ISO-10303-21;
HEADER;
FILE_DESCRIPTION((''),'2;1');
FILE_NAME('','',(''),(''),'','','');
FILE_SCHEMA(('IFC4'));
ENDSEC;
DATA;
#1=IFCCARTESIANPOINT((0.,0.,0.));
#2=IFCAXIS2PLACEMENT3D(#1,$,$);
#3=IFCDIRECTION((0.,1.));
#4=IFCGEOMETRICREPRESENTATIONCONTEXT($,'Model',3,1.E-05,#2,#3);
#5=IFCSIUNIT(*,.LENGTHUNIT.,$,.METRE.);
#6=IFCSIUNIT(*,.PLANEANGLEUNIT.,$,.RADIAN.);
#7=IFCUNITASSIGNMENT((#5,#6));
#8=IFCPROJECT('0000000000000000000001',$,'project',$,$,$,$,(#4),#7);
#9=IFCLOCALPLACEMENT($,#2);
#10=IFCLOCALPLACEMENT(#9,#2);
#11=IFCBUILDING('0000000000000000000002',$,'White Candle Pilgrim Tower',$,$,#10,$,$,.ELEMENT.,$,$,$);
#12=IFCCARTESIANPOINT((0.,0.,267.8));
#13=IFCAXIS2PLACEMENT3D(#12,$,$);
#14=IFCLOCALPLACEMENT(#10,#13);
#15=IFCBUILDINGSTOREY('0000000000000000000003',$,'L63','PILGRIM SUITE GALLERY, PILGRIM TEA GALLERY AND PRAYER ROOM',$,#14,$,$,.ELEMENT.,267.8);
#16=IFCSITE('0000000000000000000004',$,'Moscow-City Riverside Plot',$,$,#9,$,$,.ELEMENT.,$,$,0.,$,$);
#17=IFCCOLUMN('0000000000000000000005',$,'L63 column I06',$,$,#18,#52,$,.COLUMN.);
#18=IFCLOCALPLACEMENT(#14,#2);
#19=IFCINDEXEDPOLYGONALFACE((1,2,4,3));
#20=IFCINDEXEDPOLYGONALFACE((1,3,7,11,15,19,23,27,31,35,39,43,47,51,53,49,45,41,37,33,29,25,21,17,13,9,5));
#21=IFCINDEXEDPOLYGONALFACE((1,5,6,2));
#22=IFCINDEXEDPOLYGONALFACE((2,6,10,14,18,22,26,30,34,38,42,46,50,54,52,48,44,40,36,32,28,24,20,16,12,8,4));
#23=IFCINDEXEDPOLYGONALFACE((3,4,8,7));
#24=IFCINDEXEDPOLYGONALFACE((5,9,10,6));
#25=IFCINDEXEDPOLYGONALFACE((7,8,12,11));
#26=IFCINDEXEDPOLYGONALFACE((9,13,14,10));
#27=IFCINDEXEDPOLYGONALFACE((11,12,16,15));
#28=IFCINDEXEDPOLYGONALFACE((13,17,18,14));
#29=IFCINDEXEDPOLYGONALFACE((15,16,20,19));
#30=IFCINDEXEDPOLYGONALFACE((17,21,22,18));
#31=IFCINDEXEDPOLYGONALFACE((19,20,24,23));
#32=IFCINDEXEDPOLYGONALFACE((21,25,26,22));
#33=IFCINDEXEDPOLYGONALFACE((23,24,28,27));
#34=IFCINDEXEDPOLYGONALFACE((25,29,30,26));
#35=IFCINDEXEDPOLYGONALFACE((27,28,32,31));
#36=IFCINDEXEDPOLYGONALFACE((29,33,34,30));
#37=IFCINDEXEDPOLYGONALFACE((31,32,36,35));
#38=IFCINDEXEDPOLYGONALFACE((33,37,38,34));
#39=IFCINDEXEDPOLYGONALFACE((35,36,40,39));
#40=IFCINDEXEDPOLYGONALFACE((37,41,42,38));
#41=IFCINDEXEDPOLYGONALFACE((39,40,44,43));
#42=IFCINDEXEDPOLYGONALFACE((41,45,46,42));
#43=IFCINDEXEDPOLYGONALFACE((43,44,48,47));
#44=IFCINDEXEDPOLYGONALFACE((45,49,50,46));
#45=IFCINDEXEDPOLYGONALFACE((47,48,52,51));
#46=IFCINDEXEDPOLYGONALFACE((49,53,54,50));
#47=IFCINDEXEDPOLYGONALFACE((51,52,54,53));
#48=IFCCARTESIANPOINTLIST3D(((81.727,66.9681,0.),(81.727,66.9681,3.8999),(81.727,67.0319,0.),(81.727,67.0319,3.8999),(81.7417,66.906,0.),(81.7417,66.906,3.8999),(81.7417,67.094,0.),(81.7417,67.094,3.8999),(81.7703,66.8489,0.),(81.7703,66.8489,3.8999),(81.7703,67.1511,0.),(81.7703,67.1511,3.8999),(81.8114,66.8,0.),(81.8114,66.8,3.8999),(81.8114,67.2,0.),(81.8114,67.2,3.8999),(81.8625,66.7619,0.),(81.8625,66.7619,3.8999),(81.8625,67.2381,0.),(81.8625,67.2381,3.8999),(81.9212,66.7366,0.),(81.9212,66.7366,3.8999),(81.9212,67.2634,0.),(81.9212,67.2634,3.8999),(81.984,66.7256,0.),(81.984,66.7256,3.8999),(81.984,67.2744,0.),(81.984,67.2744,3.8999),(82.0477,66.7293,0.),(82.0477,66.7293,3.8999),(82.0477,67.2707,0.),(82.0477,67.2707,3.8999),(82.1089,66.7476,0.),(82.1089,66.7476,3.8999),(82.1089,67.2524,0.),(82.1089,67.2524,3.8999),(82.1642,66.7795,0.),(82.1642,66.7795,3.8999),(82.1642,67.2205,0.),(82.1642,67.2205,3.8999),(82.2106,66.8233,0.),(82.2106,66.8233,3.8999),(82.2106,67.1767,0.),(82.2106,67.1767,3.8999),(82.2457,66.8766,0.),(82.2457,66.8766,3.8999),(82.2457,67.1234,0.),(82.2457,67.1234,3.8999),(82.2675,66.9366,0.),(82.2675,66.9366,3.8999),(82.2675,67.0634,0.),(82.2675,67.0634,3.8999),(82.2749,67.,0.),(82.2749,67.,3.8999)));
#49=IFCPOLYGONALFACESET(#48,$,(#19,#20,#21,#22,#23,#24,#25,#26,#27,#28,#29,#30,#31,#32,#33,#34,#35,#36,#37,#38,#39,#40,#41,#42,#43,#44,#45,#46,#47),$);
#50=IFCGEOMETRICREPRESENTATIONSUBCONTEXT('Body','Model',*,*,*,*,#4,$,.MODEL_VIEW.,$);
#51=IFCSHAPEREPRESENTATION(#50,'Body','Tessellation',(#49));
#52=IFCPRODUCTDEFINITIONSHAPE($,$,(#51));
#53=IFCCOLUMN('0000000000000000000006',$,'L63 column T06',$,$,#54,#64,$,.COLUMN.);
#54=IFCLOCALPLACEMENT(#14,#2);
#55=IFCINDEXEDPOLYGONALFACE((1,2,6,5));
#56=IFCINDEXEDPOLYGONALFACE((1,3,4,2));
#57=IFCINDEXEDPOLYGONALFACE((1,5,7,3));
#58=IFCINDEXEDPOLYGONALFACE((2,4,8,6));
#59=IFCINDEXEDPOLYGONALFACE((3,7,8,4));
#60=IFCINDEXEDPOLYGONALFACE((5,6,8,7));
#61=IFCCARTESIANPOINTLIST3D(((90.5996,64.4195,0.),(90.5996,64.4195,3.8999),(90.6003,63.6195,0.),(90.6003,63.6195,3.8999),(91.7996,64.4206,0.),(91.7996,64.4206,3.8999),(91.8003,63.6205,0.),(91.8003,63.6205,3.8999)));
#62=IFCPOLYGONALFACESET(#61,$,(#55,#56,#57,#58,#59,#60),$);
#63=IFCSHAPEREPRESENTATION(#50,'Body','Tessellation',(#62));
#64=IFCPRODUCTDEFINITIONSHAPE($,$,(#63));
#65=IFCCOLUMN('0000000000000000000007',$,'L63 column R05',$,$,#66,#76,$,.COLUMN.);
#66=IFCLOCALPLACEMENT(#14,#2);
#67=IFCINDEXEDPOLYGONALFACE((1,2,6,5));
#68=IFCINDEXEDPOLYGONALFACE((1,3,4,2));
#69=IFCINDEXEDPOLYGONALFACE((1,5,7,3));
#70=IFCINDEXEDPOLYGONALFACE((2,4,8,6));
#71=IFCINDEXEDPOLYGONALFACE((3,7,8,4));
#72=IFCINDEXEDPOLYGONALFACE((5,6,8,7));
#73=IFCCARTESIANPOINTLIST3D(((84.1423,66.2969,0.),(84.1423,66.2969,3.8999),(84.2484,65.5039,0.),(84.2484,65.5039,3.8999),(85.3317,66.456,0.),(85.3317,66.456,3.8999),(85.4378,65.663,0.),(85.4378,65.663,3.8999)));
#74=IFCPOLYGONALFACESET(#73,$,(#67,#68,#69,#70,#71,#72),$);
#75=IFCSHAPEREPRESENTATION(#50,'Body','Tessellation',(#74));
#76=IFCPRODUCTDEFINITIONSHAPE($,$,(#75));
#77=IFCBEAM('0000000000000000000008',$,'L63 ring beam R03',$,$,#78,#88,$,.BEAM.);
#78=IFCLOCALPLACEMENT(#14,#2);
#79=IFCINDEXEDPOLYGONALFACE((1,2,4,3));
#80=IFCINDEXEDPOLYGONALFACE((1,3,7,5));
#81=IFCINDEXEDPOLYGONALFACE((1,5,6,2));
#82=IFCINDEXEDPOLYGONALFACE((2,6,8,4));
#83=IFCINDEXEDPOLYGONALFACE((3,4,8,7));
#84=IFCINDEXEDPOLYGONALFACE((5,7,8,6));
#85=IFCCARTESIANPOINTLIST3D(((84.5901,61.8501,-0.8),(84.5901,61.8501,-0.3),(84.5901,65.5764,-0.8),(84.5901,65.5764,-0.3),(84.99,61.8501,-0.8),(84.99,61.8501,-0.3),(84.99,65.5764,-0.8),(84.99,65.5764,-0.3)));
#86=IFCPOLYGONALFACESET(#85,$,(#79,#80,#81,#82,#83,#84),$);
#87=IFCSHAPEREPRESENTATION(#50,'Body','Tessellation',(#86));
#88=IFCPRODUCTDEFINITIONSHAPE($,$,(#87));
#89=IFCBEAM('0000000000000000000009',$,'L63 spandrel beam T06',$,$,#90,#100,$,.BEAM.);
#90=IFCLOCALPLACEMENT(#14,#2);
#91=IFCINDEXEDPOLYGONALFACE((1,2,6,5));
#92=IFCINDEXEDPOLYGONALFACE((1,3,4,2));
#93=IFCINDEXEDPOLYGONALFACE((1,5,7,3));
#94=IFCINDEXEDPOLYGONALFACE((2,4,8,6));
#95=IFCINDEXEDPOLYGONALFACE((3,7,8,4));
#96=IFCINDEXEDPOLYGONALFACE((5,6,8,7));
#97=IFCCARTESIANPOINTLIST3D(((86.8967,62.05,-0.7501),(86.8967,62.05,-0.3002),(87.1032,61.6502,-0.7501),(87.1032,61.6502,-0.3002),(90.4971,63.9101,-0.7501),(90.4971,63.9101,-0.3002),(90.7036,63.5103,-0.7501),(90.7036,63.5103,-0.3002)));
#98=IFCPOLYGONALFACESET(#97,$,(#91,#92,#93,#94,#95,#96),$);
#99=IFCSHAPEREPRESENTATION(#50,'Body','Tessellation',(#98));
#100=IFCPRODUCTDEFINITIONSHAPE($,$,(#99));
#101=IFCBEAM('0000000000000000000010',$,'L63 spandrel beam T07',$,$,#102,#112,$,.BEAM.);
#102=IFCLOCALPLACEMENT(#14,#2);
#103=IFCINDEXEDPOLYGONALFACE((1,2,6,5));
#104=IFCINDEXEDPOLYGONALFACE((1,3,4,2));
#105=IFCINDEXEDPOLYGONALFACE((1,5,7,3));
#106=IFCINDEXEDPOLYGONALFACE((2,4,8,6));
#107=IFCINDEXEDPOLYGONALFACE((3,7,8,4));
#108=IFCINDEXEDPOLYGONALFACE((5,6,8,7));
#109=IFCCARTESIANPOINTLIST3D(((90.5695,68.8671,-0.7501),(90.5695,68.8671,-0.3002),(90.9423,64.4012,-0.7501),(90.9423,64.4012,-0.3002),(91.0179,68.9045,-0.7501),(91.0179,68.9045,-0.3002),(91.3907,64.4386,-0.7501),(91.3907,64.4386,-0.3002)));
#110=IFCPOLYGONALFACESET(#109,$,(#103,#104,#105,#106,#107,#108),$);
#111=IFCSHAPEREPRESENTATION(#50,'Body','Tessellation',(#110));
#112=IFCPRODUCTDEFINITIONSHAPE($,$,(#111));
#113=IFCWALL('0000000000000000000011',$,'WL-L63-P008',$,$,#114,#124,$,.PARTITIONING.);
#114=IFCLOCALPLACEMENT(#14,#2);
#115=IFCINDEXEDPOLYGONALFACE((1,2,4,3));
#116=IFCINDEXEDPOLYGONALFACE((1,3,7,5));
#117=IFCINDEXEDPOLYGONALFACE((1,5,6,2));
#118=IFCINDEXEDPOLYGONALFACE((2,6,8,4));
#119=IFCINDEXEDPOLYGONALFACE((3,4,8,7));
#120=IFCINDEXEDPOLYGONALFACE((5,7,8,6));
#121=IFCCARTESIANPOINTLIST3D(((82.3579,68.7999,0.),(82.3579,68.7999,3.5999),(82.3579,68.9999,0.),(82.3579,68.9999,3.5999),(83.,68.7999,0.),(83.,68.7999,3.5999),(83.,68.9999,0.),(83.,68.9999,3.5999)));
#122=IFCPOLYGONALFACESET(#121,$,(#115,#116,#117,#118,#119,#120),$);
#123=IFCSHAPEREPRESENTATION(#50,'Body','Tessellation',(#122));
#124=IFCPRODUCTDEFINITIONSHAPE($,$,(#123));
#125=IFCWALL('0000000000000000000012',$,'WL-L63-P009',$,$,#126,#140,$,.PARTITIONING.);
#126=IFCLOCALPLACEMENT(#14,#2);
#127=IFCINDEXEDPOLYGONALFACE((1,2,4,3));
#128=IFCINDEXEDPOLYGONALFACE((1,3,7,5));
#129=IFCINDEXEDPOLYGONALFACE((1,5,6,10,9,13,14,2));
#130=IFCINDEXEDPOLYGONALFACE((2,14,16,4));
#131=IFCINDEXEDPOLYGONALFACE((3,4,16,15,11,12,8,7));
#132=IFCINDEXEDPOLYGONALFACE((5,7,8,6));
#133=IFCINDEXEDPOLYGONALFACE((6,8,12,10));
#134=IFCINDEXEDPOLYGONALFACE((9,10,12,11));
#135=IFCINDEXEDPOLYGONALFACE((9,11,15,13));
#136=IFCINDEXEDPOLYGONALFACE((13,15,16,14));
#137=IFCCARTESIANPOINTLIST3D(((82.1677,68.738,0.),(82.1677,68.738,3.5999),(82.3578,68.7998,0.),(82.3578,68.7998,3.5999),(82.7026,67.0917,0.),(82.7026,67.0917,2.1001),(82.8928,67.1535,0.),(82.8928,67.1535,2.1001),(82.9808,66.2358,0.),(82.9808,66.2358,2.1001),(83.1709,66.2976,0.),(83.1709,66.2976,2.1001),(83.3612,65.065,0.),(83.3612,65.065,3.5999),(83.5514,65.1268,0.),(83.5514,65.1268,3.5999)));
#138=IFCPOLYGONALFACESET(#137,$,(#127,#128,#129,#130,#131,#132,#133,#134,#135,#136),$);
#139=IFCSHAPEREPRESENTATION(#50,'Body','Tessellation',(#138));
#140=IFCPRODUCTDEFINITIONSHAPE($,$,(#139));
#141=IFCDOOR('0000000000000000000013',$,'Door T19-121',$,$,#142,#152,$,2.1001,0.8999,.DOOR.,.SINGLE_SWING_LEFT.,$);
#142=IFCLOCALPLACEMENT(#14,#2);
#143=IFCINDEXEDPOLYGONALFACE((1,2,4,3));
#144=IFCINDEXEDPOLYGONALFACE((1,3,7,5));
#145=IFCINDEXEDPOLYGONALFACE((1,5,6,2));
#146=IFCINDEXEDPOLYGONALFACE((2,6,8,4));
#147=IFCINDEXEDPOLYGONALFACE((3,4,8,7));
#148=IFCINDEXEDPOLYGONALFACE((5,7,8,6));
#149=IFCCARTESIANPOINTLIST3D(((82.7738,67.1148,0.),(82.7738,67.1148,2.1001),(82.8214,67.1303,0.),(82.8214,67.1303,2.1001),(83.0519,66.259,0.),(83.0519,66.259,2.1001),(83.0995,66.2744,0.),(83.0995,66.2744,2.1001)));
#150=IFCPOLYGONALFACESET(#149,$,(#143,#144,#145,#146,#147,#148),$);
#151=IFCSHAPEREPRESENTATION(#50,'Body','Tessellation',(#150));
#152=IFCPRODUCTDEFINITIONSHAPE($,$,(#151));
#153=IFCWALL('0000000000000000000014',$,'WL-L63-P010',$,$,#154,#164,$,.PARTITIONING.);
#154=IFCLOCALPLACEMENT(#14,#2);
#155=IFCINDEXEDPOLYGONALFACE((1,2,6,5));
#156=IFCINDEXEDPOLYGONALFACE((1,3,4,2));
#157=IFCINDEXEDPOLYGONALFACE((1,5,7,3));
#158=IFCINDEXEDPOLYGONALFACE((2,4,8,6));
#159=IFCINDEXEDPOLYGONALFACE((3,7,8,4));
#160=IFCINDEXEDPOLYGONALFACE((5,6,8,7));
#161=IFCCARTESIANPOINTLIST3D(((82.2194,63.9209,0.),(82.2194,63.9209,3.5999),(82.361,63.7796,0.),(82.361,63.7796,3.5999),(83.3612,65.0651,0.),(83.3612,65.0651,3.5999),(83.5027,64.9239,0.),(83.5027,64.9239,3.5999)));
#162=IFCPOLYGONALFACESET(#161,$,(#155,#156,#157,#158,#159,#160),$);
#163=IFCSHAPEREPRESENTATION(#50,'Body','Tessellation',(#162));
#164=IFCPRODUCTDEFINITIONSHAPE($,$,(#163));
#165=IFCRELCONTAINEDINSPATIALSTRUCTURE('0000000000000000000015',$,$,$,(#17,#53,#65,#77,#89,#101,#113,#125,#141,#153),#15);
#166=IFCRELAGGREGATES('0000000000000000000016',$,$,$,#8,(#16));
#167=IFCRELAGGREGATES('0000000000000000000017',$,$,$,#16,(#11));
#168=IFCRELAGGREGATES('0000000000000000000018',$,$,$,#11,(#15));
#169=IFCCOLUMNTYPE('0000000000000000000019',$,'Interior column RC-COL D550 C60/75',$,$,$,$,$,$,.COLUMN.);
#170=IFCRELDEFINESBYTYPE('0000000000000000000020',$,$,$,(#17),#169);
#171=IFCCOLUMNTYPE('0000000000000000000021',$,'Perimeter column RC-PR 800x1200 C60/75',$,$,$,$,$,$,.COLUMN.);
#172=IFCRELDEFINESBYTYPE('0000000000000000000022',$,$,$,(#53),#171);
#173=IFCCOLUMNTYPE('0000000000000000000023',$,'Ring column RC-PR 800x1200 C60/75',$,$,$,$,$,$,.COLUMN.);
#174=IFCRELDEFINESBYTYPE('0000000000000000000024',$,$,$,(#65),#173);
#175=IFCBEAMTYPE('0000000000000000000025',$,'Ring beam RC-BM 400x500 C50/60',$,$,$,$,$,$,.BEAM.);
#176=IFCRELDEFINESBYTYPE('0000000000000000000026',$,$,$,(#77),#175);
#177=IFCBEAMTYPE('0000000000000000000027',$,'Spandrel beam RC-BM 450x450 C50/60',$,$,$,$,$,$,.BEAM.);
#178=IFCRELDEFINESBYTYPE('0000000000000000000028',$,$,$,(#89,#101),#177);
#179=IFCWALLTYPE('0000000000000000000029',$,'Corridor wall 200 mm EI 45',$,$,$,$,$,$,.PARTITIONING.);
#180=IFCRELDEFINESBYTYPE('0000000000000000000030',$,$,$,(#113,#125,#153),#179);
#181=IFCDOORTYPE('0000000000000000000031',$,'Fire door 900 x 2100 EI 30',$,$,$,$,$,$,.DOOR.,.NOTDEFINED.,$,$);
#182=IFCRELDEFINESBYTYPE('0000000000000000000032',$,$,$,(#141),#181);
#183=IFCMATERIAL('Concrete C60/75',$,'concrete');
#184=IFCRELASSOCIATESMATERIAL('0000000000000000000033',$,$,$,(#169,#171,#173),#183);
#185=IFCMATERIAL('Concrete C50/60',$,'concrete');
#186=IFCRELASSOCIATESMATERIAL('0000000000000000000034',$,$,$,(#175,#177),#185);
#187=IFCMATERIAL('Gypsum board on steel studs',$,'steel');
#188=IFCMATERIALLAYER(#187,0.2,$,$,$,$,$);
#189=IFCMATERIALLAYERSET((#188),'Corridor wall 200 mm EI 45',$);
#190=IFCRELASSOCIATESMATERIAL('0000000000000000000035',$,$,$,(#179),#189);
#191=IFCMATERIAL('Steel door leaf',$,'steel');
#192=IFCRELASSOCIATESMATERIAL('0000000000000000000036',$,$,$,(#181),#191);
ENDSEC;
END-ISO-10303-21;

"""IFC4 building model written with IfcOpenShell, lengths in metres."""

from ifc_helpers import new_model, si_unit, direction, frame, frame_2d, origin, origin_2d, place, context, subcontext, project, spatial, rectangle, circle, extrude, material, layer, layer_set, material_profile, profile_set, type_object, element, fill, save


model = new_model("IFC4")

# Units and contexts
model_context = context("Model", 3, precision=1e-05, world=origin(), true_north=direction((0.0, 1.0)))
body_context = subcontext(model_context, "Body", "Model", "MODEL_VIEW")
ifc_project = project(units=[si_unit("LENGTHUNIT", "METRE"), si_unit("PLANEANGLEUNIT", "RADIAN")], contexts=[model_context])

# Site, building, storey
site_placement = place(None, origin())
site = spatial("IfcSite", under=ifc_project, at=site_placement, Name="Moscow-City Riverside Plot", CompositionType="ELEMENT", RefElevation=0.0)
building_placement = place(site_placement, origin())
building = spatial("IfcBuilding", under=site, at=building_placement, Name="White Candle Pilgrim Tower", CompositionType="ELEMENT")
storey_placement = place(building_placement, frame((0.0, 0.0, 267.8)))
storey = spatial("IfcBuildingStorey", under=building, at=storey_placement, Name="L63", Description="PILGRIM SUITE GALLERY, PILGRIM TEA GALLERY AND PRAYER ROOM", CompositionType="ELEMENT", Elevation=267.8)

# Columns
ifc_material_1 = material(Name="Concrete C60/75", Category="concrete")
ifc_material_profile_1 = material_profile(ifc_material_1, circle(Radius=0.2749, at=origin_2d()), Name="RC-COL D550")
ifc_profile_set_1 = profile_set([ifc_material_profile_1], Name="Concrete C60/75")
column_type_1 = type_object("IfcColumnType", Name="Interior column RC-COL D550 C60/75", PredefinedType="COLUMN", material=ifc_profile_set_1)
column_1_placement = place(storey_placement, frame((82.0, 67.0, 0.0), z_axis=(0.0, 0.0, 1.0), x_axis=(1.0, 0.0, 0.0)))
element("IfcColumn", 1, at=column_1_placement, inside=storey, type_object=column_type_1, Name="L63 column I06", PredefinedType="COLUMN", context=body_context, shape_type="SweptSolid", body=[
    extrude(circle(Radius=0.2749, at=origin_2d()), origin(), (0.0, 0.0, 1.0), 3.8999),
])
ifc_material_profile_2 = material_profile(ifc_material_1, rectangle(XDim=0.8, YDim=1.2, at=origin_2d()), Name="RC-PR 800x1200")
ifc_profile_set_2 = profile_set([ifc_material_profile_2], Name="Concrete C60/75")
column_type_2 = type_object("IfcColumnType", Name="Perimeter column RC-PR 800x1200 C60/75", PredefinedType="COLUMN", material=ifc_profile_set_2)
column_2_placement = place(storey_placement, frame((91.2, 64.02, 0.0), z_axis=(0.0, 0.0, 1.0), x_axis=(0.000855, -1.0, 0.0)))
element("IfcColumn", 2, at=column_2_placement, inside=storey, type_object=column_type_2, Name="L63 column T06", PredefinedType="COLUMN", context=body_context, shape_type="SweptSolid", body=[
    extrude(rectangle(XDim=0.8, YDim=1.2, at=origin_2d()), origin(), (0.0, 0.0, 1.0), 3.8999),
])
ifc_material_profile_3 = material_profile(ifc_material_1, rectangle(XDim=0.8, YDim=1.2, at=origin_2d()), Name="RC-PR 800x1200")
ifc_profile_set_3 = profile_set([ifc_material_profile_3], Name="Concrete C60/75")
column_type_3 = type_object("IfcColumnType", Name="Ring column RC-PR 800x1200 C60/75", PredefinedType="COLUMN", material=ifc_profile_set_3)
column_3_placement = place(storey_placement, frame((84.79, 65.98, 0.0), z_axis=(0.0, 0.0, 1.0), x_axis=(0.132602, -0.991169, 0.0)))
element("IfcColumn", 3, at=column_3_placement, inside=storey, type_object=column_type_3, Name="L63 column R05", PredefinedType="COLUMN", context=body_context, shape_type="SweptSolid", body=[
    extrude(rectangle(XDim=0.8, YDim=1.2, at=origin_2d()), origin(), (0.0, 0.0, 1.0), 3.8999),
])

# Beams
ifc_material_2 = material(Name="Concrete C50/60", Category="concrete")
ifc_material_profile_4 = material_profile(ifc_material_2, rectangle(XDim=0.3999, YDim=0.5, at=origin_2d()), Name="RC-BM 400x500")
ifc_profile_set_4 = profile_set([ifc_material_profile_4], Name="Concrete C50/60")
beam_type_1 = type_object("IfcBeamType", Name="Ring beam RC-BM 400x500 C50/60", PredefinedType="BEAM", material=ifc_profile_set_4)
beam_1_placement = place(storey_placement, frame((84.79, 65.5764, -0.55), z_axis=(0.0, -1.0, 0.0), x_axis=(1.0, 0.0, 0.0)))
element("IfcBeam", 4, at=beam_1_placement, inside=storey, type_object=beam_type_1, Name="L63 ring beam R03", PredefinedType="BEAM", context=body_context, shape_type="SweptSolid", body=[
    extrude(rectangle(XDim=0.3999, YDim=0.5, at=origin_2d()), origin(), (0.0, 0.0, 1.0), 3.7263),
])
ifc_material_profile_5 = material_profile(ifc_material_2, rectangle(XDim=0.45, YDim=0.45, at=origin_2d()), Name="RC-BM 450x450")
ifc_profile_set_5 = profile_set([ifc_material_profile_5], Name="Concrete C50/60")
beam_type_2 = type_object("IfcBeamType", Name="Spandrel beam RC-BM 450x450 C50/60", PredefinedType="BEAM", material=ifc_profile_set_5)
beam_2_placement = place(storey_placement, frame((90.6003, 63.7102, -0.5251), z_axis=(-0.888433, -0.459007, 0.0), x_axis=(0.459007, -0.888433, 0.0)))
element("IfcBeam", 5, at=beam_2_placement, inside=storey, type_object=beam_type_2, Name="L63 spandrel beam T06", PredefinedType="BEAM", context=body_context, shape_type="SweptSolid", body=[
    extrude(rectangle(XDim=0.45, YDim=0.45, at=origin_2d()), origin(), (0.0, 0.0, 1.0), 4.0525),
])
beam_3_placement = place(storey_placement, frame((91.1665, 64.4199, -0.5251), z_axis=(-0.08319, 0.996534, 0.0), x_axis=(-0.996534, -0.08319, 0.0)))
element("IfcBeam", 6, at=beam_3_placement, inside=storey, type_object=beam_type_2, Name="L63 spandrel beam T07", PredefinedType="BEAM", context=body_context, shape_type="SweptSolid", body=[
    extrude(rectangle(XDim=0.45, YDim=0.45, at=origin_2d()), origin(), (0.0, 0.0, 1.0), 4.4814),
])

# Wall
ifc_material_3 = material(Name="Gypsum board on steel studs", Category="steel")
ifc_layer_1 = layer(ifc_material_3, 0.2)
ifc_layer_set_1 = layer_set([ifc_layer_1], Name="Corridor wall 200 mm EI 45")
wall_type_1 = type_object("IfcWallType", Name="Corridor wall 200 mm EI 45", PredefinedType="PARTITIONING", material=ifc_layer_set_1)
wall_1_placement = place(storey_placement, frame((83.0, 68.8999, 0.0), z_axis=(0.0, 0.0, 1.0), x_axis=(-1.0, 0.0, 0.0)))
element("IfcWall", 7, at=wall_1_placement, inside=storey, type_object=wall_type_1, Name="WL-L63-P008", PredefinedType="PARTITIONING", context=body_context, shape_type="SweptSolid", body=[
    extrude(rectangle(XDim=0.6421, YDim=0.2, at=frame_2d((0.321, 0.0))), origin(), (0.0, 0.0, 1.0), 3.5999),
])

# Wall, opening, door
wall_2_placement = place(storey_placement, frame((82.2627, 68.769, 0.0), z_axis=(0.0, 0.0, 1.0), x_axis=(0.30905, -0.951046, 0.0)))
wall_2 = element("IfcWall", 8, at=wall_2_placement, inside=storey, type_object=wall_type_1, Name="WL-L63-P009", PredefinedType="PARTITIONING", context=body_context, shape_type="SweptSolid", body=[
    extrude(rectangle(XDim=3.8621, YDim=0.2, at=frame_2d((1.9312, 0.0))), origin(), (0.0, 0.0, 1.0), 3.5999),
])
opening_1_placement = place(wall_2_placement, frame((1.7312, 0.0, 0.0)))
opening_1 = element("IfcOpeningElement", 9, at=opening_1_placement, cuts=wall_2, PredefinedType="OPENING", context=body_context, shape_type="SweptSolid", body=[
    extrude(rectangle(XDim=0.8999, YDim=2.1001, at=frame_2d((0.45, 1.05))), frame((0.0, 0.1099, 0.0), z_axis=(0.0, -1.0, 0.0), x_axis=(1.0, 0.0, 0.0)), (0.0, 0.0, 1.0), 0.22),
])
ifc_material_4 = material(Name="Steel door leaf", Category="steel")
door_type = type_object("IfcDoorType", Name="Fire door 900 x 2100 EI 30", OperationType="NOTDEFINED", PredefinedType="DOOR", material=ifc_material_4)
door_1_placement = place(opening_1_placement, origin())
door_1 = element("IfcDoor", 10, at=door_1_placement, inside=storey, type_object=door_type, Name="Door T19-121", OperationType="SINGLE_SWING_LEFT", OverallHeight=2.1001, OverallWidth=0.8999, PredefinedType="DOOR", context=body_context, shape_type="SweptSolid", body=[
    extrude(rectangle(XDim=0.8999, YDim=2.1001, at=frame_2d((0.45, 1.05))), frame((0.0, 0.0249, 0.0), z_axis=(0.0, -1.0, 0.0), x_axis=(1.0, 0.0, 0.0)), (0.0, 0.0, 1.0), 0.05),
])
fill(opening_1, door_1)

# Wall
wall_3_placement = place(storey_placement, frame((83.4319, 64.9944, 0.0), z_axis=(0.0, 0.0, 1.0), x_axis=(-0.706351, -0.707862, 0.0)))
element("IfcWall", 11, at=wall_3_placement, inside=storey, type_object=wall_type_1, Name="WL-L63-P010", PredefinedType="PARTITIONING", context=body_context, shape_type="SweptSolid", body=[
    extrude(rectangle(XDim=1.6165, YDim=0.2, at=frame_2d((0.8081, 0.0))), origin(), (0.0, 0.0, 1.0), 3.5999),
])

save(model, "model.ifc")
